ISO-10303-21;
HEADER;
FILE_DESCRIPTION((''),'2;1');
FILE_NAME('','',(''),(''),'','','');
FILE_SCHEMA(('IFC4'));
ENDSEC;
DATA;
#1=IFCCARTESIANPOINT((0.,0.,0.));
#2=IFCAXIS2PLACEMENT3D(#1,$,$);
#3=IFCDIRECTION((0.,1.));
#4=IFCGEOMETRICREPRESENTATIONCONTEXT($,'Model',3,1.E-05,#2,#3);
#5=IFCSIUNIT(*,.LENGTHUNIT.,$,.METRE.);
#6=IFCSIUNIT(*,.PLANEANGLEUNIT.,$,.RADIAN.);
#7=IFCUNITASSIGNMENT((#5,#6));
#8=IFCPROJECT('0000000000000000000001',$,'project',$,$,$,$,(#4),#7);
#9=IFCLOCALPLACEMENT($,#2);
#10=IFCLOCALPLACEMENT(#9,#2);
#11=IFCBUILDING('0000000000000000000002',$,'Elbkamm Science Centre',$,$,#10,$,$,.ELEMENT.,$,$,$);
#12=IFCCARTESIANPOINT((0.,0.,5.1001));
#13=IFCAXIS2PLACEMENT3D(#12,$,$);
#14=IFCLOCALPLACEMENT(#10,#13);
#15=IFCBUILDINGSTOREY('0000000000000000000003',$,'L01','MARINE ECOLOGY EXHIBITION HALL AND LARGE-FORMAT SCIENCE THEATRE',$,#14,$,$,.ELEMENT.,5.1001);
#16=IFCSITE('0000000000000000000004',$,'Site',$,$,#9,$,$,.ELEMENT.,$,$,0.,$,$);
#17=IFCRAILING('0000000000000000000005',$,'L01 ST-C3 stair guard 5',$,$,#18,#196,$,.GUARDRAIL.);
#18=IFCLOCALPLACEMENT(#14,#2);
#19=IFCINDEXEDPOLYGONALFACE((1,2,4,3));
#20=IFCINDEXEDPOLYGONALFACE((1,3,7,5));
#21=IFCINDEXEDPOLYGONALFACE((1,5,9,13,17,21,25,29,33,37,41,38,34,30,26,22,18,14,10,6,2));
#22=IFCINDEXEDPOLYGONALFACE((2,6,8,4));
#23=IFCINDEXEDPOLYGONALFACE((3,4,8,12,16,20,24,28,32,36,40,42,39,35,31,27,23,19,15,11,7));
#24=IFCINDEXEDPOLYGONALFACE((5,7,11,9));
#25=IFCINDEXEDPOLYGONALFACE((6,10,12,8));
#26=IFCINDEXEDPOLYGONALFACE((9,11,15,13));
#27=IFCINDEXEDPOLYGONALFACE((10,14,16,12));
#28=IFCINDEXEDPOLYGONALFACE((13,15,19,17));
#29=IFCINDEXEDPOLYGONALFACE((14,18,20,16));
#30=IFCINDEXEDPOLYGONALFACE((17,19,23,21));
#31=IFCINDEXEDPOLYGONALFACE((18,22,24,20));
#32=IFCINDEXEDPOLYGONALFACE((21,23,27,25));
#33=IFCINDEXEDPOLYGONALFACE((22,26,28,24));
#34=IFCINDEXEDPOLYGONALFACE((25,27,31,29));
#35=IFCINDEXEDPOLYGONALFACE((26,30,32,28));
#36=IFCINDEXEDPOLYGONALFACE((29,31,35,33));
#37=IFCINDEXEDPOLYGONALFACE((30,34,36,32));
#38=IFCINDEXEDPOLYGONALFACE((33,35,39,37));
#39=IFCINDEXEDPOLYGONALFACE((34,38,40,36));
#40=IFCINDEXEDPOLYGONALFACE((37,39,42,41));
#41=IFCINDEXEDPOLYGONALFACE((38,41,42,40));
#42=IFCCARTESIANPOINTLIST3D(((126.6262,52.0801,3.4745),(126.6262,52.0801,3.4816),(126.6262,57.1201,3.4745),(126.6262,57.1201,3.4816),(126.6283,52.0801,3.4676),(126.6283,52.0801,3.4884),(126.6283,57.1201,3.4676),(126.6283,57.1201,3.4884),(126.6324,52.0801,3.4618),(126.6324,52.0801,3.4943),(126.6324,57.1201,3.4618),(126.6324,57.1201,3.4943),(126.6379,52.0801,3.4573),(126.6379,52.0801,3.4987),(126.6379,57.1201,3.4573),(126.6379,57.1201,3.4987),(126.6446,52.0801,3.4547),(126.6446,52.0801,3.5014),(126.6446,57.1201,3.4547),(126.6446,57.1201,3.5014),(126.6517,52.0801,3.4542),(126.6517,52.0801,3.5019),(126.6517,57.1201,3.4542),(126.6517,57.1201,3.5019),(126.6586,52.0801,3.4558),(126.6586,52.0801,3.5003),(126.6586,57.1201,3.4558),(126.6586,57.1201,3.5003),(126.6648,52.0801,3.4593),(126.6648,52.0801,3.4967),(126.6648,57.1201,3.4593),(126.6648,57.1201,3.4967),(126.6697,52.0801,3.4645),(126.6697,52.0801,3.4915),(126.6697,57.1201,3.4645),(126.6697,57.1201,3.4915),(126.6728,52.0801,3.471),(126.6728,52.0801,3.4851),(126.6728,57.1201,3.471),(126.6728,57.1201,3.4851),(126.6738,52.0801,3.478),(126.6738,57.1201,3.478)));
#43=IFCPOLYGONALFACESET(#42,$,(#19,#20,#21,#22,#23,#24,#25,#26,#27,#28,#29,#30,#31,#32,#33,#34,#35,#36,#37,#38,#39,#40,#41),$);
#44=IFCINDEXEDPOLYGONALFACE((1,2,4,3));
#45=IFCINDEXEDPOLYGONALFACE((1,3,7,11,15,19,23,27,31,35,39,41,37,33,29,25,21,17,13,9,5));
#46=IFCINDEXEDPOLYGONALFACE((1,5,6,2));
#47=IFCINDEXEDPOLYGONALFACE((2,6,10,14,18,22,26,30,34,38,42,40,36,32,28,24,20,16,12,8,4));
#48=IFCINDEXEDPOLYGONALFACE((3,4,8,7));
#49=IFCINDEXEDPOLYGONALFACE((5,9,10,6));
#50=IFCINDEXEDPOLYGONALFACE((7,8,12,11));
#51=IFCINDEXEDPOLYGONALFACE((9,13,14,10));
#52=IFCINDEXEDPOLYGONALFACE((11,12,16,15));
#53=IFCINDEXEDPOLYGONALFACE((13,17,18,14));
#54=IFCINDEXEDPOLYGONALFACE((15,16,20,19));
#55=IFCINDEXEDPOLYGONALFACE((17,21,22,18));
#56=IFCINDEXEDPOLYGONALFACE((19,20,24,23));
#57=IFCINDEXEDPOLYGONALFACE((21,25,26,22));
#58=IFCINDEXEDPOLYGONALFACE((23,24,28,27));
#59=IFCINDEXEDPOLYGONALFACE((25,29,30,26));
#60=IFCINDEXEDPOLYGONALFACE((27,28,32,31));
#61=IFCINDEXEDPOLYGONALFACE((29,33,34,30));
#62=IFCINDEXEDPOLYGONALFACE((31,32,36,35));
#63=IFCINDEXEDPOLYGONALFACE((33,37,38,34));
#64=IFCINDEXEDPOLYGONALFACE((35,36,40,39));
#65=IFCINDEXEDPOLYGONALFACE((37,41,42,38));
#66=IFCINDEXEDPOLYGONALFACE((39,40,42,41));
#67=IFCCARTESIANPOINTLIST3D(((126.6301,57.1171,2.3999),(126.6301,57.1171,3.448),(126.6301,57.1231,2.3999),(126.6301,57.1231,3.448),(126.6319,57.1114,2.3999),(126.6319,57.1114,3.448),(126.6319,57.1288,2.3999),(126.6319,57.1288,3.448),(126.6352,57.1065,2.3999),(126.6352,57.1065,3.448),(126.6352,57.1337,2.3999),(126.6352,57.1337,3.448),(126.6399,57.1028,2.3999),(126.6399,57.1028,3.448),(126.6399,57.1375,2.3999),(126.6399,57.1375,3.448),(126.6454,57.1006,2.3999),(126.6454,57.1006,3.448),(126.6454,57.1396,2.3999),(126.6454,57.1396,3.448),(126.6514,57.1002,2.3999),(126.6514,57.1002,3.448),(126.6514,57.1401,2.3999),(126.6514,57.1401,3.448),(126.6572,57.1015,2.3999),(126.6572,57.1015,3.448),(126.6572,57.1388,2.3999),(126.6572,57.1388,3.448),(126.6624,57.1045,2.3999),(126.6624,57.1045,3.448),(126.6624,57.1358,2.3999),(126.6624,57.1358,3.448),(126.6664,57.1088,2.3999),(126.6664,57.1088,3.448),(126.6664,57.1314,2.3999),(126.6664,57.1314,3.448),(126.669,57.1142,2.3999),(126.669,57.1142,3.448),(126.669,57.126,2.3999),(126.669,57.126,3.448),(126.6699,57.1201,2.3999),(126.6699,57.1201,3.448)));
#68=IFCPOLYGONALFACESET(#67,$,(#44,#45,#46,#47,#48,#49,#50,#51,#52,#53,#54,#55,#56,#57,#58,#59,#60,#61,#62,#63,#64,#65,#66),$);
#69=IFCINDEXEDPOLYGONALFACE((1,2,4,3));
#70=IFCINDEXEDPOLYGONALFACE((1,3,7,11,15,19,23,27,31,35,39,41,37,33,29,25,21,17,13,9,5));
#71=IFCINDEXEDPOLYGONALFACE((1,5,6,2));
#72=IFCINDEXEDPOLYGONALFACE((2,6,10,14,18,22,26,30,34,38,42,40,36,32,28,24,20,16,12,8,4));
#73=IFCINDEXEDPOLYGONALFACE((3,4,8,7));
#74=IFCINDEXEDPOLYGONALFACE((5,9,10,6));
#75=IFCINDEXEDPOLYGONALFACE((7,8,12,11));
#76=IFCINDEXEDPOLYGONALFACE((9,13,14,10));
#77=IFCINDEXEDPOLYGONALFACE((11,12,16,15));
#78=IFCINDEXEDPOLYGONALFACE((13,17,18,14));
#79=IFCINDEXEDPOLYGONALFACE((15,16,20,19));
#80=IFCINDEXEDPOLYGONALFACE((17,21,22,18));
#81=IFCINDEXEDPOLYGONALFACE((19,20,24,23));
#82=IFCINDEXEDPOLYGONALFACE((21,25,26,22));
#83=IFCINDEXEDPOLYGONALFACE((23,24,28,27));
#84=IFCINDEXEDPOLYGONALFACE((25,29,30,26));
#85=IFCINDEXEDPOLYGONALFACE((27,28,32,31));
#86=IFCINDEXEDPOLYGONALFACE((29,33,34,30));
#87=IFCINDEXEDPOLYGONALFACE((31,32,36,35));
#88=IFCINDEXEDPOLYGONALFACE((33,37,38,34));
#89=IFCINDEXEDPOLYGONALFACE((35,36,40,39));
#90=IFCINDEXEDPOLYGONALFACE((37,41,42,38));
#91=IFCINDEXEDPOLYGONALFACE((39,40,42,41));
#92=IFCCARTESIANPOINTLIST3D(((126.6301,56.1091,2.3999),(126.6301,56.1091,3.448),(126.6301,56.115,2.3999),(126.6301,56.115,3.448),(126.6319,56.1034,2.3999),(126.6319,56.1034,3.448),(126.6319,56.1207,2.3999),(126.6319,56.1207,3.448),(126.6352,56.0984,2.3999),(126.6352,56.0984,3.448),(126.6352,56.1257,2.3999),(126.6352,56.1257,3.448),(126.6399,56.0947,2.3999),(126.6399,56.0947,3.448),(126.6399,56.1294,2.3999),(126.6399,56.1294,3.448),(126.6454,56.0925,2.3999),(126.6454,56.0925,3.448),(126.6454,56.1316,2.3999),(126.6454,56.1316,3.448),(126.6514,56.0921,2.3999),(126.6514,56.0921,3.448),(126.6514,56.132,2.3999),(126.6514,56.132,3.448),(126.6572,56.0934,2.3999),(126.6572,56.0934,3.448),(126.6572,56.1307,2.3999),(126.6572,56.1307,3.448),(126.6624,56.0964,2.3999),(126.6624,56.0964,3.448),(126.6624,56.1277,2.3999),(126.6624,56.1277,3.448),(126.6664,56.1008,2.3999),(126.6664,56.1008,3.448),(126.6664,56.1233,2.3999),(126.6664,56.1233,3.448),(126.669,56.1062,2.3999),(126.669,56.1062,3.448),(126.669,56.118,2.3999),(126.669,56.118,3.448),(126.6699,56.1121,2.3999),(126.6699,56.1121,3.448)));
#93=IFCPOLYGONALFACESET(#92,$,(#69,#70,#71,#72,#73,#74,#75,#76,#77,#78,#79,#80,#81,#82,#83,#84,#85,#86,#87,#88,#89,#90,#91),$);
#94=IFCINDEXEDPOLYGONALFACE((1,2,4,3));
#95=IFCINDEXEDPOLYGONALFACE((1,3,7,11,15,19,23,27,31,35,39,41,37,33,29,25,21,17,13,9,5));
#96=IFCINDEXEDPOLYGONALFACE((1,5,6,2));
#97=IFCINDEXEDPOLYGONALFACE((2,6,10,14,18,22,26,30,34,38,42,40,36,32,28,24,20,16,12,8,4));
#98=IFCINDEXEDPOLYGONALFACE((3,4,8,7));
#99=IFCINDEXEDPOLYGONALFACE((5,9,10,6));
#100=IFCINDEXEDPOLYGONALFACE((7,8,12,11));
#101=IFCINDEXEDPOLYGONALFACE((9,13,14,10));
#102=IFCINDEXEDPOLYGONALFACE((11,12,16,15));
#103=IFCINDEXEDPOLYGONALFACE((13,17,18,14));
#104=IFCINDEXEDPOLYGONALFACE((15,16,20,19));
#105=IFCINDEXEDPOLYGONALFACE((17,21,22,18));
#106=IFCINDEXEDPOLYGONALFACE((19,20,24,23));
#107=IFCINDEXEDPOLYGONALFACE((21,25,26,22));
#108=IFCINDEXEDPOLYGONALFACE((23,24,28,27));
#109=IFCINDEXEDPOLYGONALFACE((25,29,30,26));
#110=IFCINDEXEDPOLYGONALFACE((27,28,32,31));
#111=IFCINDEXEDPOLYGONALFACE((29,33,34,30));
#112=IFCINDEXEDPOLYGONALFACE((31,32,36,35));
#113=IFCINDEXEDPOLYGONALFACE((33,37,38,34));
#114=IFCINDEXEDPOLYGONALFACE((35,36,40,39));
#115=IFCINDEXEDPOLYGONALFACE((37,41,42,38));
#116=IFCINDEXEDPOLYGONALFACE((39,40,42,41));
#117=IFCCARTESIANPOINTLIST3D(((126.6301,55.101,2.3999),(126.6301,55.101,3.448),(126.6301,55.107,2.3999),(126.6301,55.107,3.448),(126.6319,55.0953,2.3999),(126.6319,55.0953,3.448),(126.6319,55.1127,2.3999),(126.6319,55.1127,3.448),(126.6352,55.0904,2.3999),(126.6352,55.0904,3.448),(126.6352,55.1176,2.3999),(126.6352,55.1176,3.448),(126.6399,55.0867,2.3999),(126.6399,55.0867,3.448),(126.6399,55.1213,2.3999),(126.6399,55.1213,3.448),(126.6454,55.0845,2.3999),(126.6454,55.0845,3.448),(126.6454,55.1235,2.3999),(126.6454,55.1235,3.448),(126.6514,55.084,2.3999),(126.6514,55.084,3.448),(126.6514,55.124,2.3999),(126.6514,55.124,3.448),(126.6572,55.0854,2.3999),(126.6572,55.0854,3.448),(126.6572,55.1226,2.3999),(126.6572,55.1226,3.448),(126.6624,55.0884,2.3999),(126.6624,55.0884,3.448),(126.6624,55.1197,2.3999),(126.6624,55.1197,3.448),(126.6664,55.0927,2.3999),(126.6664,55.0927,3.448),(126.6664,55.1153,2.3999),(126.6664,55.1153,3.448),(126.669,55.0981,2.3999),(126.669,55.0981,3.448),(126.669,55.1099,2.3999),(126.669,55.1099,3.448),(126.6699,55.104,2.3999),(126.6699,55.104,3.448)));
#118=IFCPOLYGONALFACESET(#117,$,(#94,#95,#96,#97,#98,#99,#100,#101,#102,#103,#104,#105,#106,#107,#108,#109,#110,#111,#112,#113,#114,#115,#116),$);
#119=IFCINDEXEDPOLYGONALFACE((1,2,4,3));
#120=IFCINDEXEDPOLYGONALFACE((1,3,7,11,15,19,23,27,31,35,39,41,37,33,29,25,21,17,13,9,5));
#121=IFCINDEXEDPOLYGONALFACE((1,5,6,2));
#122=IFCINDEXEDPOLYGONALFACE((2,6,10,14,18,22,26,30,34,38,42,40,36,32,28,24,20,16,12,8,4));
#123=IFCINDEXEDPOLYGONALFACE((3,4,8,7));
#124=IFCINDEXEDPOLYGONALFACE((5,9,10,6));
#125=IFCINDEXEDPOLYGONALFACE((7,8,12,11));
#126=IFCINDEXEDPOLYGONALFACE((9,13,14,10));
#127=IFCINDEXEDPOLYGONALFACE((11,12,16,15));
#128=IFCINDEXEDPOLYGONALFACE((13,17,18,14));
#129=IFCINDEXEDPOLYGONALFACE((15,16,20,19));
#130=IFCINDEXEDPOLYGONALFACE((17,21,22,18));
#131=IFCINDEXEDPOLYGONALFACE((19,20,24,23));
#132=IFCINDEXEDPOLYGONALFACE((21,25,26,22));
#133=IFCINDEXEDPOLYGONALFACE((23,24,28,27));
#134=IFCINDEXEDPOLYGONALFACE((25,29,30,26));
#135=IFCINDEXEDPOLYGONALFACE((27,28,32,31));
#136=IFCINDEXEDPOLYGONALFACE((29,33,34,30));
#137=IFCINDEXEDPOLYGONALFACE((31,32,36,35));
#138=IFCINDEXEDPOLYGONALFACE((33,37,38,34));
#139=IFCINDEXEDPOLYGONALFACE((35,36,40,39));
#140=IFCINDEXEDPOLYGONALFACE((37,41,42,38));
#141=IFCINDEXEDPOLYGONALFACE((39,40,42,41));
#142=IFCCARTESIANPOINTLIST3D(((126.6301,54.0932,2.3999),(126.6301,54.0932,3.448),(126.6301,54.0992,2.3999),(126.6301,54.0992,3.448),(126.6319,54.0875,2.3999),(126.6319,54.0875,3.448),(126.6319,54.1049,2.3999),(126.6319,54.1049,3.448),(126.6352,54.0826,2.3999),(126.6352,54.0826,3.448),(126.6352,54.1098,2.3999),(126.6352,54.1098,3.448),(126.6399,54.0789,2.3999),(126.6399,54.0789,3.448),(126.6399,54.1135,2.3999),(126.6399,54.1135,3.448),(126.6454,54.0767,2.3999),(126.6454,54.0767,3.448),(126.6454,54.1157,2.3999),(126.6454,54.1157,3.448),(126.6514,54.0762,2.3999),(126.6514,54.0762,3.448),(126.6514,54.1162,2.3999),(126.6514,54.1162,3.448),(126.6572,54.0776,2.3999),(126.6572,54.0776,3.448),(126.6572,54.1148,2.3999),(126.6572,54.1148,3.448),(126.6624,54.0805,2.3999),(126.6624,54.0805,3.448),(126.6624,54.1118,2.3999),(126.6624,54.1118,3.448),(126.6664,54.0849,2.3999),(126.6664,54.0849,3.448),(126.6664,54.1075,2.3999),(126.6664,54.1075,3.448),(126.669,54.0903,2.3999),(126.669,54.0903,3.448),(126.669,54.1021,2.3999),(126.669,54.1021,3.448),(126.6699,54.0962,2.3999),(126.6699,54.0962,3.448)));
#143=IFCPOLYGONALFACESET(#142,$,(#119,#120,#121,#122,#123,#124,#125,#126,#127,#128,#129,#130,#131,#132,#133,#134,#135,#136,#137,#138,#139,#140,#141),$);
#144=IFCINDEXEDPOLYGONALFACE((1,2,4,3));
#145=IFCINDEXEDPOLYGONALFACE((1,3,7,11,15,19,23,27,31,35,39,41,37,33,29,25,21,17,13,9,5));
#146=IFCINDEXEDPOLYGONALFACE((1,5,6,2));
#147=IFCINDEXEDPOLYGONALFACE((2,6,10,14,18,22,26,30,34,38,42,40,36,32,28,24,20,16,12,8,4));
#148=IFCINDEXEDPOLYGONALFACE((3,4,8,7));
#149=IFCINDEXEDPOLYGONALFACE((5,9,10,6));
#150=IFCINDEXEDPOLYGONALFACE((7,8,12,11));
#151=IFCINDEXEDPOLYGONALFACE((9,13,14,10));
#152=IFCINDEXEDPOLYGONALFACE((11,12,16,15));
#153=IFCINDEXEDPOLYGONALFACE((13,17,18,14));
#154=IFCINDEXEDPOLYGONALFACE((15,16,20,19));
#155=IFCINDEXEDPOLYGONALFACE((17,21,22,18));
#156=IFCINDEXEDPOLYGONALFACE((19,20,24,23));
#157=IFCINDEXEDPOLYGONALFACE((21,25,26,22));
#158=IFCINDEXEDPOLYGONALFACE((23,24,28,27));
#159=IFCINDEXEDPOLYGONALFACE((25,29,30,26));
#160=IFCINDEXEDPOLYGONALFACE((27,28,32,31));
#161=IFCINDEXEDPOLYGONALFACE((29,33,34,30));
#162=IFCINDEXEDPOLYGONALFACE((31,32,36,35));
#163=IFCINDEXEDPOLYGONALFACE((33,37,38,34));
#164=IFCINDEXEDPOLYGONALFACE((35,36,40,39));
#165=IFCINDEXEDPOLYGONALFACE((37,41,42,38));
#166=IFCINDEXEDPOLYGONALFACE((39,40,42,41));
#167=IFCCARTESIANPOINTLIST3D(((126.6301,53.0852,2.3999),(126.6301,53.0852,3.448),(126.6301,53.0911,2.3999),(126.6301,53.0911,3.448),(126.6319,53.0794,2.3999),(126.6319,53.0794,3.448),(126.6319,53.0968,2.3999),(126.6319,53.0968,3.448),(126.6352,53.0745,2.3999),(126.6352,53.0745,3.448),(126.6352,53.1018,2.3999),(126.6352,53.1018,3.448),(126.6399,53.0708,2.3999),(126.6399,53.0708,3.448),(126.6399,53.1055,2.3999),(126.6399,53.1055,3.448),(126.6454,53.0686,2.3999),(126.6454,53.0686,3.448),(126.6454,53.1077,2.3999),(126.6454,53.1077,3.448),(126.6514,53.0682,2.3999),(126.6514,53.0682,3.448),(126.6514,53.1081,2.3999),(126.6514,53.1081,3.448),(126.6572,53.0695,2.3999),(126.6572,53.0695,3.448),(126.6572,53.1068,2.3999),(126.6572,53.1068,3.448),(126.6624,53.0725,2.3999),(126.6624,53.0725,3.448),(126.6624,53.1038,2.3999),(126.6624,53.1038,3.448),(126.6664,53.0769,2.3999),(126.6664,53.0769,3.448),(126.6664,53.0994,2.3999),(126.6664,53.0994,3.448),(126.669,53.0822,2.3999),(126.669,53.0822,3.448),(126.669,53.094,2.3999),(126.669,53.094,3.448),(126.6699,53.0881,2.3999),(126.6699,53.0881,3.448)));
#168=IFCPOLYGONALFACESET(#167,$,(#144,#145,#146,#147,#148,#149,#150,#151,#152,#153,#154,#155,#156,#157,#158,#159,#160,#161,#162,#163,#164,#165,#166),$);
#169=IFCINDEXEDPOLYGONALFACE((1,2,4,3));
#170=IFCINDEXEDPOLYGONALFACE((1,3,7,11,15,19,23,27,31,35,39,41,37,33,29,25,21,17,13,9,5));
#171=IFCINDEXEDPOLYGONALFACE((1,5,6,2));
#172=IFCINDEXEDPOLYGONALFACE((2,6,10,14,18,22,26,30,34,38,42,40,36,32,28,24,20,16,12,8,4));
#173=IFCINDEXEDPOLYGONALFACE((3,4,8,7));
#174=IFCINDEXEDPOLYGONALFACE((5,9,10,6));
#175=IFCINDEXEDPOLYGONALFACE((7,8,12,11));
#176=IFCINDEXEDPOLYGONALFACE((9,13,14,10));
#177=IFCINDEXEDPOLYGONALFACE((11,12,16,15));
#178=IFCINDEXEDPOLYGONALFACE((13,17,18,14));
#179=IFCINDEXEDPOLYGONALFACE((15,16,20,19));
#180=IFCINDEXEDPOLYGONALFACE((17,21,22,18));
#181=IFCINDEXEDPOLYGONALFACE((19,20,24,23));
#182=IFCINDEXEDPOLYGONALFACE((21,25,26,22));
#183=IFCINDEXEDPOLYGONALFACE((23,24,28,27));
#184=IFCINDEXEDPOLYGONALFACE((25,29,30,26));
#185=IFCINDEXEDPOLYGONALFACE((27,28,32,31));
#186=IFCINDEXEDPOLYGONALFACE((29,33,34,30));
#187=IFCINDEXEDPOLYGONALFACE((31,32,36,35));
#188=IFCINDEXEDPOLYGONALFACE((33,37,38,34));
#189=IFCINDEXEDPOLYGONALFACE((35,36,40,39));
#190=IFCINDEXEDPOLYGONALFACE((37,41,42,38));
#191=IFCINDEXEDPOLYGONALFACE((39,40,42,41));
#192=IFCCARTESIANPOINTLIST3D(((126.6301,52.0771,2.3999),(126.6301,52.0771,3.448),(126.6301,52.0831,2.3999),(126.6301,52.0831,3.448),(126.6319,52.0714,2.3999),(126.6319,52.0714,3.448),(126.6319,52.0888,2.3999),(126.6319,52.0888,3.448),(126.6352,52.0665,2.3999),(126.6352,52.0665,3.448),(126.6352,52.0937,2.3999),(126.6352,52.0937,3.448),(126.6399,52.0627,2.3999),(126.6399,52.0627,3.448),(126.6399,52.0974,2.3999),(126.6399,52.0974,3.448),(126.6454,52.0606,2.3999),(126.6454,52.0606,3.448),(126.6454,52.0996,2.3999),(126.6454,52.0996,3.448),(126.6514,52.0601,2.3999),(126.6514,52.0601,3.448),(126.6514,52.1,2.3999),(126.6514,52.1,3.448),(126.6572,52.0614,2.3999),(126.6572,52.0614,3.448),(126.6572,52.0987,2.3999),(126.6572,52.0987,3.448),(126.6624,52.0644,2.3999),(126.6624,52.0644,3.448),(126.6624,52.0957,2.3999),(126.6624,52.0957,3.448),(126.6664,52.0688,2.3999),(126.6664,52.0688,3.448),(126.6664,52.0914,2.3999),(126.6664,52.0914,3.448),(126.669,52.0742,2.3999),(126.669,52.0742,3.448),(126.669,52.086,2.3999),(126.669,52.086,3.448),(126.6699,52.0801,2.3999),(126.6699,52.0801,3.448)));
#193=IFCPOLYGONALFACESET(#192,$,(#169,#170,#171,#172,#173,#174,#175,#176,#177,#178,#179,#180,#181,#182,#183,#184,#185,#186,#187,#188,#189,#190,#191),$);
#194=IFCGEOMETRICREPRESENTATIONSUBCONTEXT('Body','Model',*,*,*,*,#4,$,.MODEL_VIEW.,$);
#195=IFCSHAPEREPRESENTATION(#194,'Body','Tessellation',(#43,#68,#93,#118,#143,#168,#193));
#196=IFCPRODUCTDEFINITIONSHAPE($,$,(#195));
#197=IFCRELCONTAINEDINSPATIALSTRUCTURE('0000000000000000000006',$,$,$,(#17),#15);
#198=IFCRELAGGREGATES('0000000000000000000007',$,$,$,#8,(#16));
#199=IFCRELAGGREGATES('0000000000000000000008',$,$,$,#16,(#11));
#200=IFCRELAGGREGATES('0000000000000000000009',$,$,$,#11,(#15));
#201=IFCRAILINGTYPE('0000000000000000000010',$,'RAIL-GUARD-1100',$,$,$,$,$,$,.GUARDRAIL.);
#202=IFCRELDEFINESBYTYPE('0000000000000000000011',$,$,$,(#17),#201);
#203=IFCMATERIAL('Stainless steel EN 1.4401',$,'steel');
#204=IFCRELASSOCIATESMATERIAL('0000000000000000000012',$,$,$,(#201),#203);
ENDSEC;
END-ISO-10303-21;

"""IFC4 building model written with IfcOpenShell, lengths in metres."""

from ifc_helpers import new_model, si_unit, direction, frame, origin, origin_2d, place, context, subcontext, project, spatial, circle, extrude, material, type_object, element, save


model = new_model("IFC4")

# Units and contexts
model_context = context("Model", 3, precision=1e-05, world=origin(), true_north=direction((0.0, 1.0)))
body_context = subcontext(model_context, "Body", "Model", "MODEL_VIEW")
ifc_project = project(units=[si_unit("LENGTHUNIT", "METRE"), si_unit("PLANEANGLEUNIT", "RADIAN")], contexts=[model_context])

# Site, building, storey
site_placement = place(None, origin())
site = spatial("IfcSite", under=ifc_project, at=site_placement, Name="Site", CompositionType="ELEMENT", RefElevation=0.0)
building_placement = place(site_placement, origin())
building = spatial("IfcBuilding", under=site, at=building_placement, Name="Elbkamm Science Centre", CompositionType="ELEMENT")
storey_placement = place(building_placement, frame((0.0, 0.0, 5.1001)))
storey = spatial("IfcBuildingStorey", under=building, at=storey_placement, Name="L01", Description="MARINE ECOLOGY EXHIBITION HALL AND LARGE-FORMAT SCIENCE THEATRE", CompositionType="ELEMENT", Elevation=5.1001)

# Railing
ifc_material_1 = material(Name="Stainless steel EN 1.4401", Category="steel")
railing_type_1 = type_object("IfcRailingType", Name="RAIL-GUARD-1100", PredefinedType="GUARDRAIL", material=ifc_material_1)
railing_1_placement = place(storey_placement, frame((126.6499, 57.1201, 2.3999)))
element("IfcRailing", 1, at=railing_1_placement, inside=storey, type_object=railing_type_1, Name="L01 ST-C3 stair guard 5", PredefinedType="GUARDRAIL", context=body_context, shape_type="SweptSolid", body=[
    extrude(circle(Radius=0.0239, at=origin_2d()), frame((0.0, 0.0, 1.0781), z_axis=(0.0, -1.0, 0.0), x_axis=(1.0, 0.0, 0.0)), (0.0, 0.0, 1.0), 5.04),
    extrude(circle(Radius=0.02, at=origin_2d()), origin(), (0.0, 0.0, 1.0), 1.0481),
    extrude(circle(Radius=0.02, at=origin_2d()), frame((0.0, -1.0081, 0.0)), (0.0, 0.0, 1.0), 1.0481),
    extrude(circle(Radius=0.02, at=origin_2d()), frame((0.0, -2.0161, 0.0)), (0.0, 0.0, 1.0), 1.0481),
    extrude(circle(Radius=0.02, at=origin_2d()), frame((0.0, -3.0239, 0.0)), (0.0, 0.0, 1.0), 1.0481),
    extrude(circle(Radius=0.02, at=origin_2d()), frame((0.0, -4.032, 0.0)), (0.0, 0.0, 1.0), 1.0481),
    extrude(circle(Radius=0.02, at=origin_2d()), frame((0.0, -5.04, 0.0)), (0.0, 0.0, 1.0), 1.0481),
])

save(model, "model.ifc")
